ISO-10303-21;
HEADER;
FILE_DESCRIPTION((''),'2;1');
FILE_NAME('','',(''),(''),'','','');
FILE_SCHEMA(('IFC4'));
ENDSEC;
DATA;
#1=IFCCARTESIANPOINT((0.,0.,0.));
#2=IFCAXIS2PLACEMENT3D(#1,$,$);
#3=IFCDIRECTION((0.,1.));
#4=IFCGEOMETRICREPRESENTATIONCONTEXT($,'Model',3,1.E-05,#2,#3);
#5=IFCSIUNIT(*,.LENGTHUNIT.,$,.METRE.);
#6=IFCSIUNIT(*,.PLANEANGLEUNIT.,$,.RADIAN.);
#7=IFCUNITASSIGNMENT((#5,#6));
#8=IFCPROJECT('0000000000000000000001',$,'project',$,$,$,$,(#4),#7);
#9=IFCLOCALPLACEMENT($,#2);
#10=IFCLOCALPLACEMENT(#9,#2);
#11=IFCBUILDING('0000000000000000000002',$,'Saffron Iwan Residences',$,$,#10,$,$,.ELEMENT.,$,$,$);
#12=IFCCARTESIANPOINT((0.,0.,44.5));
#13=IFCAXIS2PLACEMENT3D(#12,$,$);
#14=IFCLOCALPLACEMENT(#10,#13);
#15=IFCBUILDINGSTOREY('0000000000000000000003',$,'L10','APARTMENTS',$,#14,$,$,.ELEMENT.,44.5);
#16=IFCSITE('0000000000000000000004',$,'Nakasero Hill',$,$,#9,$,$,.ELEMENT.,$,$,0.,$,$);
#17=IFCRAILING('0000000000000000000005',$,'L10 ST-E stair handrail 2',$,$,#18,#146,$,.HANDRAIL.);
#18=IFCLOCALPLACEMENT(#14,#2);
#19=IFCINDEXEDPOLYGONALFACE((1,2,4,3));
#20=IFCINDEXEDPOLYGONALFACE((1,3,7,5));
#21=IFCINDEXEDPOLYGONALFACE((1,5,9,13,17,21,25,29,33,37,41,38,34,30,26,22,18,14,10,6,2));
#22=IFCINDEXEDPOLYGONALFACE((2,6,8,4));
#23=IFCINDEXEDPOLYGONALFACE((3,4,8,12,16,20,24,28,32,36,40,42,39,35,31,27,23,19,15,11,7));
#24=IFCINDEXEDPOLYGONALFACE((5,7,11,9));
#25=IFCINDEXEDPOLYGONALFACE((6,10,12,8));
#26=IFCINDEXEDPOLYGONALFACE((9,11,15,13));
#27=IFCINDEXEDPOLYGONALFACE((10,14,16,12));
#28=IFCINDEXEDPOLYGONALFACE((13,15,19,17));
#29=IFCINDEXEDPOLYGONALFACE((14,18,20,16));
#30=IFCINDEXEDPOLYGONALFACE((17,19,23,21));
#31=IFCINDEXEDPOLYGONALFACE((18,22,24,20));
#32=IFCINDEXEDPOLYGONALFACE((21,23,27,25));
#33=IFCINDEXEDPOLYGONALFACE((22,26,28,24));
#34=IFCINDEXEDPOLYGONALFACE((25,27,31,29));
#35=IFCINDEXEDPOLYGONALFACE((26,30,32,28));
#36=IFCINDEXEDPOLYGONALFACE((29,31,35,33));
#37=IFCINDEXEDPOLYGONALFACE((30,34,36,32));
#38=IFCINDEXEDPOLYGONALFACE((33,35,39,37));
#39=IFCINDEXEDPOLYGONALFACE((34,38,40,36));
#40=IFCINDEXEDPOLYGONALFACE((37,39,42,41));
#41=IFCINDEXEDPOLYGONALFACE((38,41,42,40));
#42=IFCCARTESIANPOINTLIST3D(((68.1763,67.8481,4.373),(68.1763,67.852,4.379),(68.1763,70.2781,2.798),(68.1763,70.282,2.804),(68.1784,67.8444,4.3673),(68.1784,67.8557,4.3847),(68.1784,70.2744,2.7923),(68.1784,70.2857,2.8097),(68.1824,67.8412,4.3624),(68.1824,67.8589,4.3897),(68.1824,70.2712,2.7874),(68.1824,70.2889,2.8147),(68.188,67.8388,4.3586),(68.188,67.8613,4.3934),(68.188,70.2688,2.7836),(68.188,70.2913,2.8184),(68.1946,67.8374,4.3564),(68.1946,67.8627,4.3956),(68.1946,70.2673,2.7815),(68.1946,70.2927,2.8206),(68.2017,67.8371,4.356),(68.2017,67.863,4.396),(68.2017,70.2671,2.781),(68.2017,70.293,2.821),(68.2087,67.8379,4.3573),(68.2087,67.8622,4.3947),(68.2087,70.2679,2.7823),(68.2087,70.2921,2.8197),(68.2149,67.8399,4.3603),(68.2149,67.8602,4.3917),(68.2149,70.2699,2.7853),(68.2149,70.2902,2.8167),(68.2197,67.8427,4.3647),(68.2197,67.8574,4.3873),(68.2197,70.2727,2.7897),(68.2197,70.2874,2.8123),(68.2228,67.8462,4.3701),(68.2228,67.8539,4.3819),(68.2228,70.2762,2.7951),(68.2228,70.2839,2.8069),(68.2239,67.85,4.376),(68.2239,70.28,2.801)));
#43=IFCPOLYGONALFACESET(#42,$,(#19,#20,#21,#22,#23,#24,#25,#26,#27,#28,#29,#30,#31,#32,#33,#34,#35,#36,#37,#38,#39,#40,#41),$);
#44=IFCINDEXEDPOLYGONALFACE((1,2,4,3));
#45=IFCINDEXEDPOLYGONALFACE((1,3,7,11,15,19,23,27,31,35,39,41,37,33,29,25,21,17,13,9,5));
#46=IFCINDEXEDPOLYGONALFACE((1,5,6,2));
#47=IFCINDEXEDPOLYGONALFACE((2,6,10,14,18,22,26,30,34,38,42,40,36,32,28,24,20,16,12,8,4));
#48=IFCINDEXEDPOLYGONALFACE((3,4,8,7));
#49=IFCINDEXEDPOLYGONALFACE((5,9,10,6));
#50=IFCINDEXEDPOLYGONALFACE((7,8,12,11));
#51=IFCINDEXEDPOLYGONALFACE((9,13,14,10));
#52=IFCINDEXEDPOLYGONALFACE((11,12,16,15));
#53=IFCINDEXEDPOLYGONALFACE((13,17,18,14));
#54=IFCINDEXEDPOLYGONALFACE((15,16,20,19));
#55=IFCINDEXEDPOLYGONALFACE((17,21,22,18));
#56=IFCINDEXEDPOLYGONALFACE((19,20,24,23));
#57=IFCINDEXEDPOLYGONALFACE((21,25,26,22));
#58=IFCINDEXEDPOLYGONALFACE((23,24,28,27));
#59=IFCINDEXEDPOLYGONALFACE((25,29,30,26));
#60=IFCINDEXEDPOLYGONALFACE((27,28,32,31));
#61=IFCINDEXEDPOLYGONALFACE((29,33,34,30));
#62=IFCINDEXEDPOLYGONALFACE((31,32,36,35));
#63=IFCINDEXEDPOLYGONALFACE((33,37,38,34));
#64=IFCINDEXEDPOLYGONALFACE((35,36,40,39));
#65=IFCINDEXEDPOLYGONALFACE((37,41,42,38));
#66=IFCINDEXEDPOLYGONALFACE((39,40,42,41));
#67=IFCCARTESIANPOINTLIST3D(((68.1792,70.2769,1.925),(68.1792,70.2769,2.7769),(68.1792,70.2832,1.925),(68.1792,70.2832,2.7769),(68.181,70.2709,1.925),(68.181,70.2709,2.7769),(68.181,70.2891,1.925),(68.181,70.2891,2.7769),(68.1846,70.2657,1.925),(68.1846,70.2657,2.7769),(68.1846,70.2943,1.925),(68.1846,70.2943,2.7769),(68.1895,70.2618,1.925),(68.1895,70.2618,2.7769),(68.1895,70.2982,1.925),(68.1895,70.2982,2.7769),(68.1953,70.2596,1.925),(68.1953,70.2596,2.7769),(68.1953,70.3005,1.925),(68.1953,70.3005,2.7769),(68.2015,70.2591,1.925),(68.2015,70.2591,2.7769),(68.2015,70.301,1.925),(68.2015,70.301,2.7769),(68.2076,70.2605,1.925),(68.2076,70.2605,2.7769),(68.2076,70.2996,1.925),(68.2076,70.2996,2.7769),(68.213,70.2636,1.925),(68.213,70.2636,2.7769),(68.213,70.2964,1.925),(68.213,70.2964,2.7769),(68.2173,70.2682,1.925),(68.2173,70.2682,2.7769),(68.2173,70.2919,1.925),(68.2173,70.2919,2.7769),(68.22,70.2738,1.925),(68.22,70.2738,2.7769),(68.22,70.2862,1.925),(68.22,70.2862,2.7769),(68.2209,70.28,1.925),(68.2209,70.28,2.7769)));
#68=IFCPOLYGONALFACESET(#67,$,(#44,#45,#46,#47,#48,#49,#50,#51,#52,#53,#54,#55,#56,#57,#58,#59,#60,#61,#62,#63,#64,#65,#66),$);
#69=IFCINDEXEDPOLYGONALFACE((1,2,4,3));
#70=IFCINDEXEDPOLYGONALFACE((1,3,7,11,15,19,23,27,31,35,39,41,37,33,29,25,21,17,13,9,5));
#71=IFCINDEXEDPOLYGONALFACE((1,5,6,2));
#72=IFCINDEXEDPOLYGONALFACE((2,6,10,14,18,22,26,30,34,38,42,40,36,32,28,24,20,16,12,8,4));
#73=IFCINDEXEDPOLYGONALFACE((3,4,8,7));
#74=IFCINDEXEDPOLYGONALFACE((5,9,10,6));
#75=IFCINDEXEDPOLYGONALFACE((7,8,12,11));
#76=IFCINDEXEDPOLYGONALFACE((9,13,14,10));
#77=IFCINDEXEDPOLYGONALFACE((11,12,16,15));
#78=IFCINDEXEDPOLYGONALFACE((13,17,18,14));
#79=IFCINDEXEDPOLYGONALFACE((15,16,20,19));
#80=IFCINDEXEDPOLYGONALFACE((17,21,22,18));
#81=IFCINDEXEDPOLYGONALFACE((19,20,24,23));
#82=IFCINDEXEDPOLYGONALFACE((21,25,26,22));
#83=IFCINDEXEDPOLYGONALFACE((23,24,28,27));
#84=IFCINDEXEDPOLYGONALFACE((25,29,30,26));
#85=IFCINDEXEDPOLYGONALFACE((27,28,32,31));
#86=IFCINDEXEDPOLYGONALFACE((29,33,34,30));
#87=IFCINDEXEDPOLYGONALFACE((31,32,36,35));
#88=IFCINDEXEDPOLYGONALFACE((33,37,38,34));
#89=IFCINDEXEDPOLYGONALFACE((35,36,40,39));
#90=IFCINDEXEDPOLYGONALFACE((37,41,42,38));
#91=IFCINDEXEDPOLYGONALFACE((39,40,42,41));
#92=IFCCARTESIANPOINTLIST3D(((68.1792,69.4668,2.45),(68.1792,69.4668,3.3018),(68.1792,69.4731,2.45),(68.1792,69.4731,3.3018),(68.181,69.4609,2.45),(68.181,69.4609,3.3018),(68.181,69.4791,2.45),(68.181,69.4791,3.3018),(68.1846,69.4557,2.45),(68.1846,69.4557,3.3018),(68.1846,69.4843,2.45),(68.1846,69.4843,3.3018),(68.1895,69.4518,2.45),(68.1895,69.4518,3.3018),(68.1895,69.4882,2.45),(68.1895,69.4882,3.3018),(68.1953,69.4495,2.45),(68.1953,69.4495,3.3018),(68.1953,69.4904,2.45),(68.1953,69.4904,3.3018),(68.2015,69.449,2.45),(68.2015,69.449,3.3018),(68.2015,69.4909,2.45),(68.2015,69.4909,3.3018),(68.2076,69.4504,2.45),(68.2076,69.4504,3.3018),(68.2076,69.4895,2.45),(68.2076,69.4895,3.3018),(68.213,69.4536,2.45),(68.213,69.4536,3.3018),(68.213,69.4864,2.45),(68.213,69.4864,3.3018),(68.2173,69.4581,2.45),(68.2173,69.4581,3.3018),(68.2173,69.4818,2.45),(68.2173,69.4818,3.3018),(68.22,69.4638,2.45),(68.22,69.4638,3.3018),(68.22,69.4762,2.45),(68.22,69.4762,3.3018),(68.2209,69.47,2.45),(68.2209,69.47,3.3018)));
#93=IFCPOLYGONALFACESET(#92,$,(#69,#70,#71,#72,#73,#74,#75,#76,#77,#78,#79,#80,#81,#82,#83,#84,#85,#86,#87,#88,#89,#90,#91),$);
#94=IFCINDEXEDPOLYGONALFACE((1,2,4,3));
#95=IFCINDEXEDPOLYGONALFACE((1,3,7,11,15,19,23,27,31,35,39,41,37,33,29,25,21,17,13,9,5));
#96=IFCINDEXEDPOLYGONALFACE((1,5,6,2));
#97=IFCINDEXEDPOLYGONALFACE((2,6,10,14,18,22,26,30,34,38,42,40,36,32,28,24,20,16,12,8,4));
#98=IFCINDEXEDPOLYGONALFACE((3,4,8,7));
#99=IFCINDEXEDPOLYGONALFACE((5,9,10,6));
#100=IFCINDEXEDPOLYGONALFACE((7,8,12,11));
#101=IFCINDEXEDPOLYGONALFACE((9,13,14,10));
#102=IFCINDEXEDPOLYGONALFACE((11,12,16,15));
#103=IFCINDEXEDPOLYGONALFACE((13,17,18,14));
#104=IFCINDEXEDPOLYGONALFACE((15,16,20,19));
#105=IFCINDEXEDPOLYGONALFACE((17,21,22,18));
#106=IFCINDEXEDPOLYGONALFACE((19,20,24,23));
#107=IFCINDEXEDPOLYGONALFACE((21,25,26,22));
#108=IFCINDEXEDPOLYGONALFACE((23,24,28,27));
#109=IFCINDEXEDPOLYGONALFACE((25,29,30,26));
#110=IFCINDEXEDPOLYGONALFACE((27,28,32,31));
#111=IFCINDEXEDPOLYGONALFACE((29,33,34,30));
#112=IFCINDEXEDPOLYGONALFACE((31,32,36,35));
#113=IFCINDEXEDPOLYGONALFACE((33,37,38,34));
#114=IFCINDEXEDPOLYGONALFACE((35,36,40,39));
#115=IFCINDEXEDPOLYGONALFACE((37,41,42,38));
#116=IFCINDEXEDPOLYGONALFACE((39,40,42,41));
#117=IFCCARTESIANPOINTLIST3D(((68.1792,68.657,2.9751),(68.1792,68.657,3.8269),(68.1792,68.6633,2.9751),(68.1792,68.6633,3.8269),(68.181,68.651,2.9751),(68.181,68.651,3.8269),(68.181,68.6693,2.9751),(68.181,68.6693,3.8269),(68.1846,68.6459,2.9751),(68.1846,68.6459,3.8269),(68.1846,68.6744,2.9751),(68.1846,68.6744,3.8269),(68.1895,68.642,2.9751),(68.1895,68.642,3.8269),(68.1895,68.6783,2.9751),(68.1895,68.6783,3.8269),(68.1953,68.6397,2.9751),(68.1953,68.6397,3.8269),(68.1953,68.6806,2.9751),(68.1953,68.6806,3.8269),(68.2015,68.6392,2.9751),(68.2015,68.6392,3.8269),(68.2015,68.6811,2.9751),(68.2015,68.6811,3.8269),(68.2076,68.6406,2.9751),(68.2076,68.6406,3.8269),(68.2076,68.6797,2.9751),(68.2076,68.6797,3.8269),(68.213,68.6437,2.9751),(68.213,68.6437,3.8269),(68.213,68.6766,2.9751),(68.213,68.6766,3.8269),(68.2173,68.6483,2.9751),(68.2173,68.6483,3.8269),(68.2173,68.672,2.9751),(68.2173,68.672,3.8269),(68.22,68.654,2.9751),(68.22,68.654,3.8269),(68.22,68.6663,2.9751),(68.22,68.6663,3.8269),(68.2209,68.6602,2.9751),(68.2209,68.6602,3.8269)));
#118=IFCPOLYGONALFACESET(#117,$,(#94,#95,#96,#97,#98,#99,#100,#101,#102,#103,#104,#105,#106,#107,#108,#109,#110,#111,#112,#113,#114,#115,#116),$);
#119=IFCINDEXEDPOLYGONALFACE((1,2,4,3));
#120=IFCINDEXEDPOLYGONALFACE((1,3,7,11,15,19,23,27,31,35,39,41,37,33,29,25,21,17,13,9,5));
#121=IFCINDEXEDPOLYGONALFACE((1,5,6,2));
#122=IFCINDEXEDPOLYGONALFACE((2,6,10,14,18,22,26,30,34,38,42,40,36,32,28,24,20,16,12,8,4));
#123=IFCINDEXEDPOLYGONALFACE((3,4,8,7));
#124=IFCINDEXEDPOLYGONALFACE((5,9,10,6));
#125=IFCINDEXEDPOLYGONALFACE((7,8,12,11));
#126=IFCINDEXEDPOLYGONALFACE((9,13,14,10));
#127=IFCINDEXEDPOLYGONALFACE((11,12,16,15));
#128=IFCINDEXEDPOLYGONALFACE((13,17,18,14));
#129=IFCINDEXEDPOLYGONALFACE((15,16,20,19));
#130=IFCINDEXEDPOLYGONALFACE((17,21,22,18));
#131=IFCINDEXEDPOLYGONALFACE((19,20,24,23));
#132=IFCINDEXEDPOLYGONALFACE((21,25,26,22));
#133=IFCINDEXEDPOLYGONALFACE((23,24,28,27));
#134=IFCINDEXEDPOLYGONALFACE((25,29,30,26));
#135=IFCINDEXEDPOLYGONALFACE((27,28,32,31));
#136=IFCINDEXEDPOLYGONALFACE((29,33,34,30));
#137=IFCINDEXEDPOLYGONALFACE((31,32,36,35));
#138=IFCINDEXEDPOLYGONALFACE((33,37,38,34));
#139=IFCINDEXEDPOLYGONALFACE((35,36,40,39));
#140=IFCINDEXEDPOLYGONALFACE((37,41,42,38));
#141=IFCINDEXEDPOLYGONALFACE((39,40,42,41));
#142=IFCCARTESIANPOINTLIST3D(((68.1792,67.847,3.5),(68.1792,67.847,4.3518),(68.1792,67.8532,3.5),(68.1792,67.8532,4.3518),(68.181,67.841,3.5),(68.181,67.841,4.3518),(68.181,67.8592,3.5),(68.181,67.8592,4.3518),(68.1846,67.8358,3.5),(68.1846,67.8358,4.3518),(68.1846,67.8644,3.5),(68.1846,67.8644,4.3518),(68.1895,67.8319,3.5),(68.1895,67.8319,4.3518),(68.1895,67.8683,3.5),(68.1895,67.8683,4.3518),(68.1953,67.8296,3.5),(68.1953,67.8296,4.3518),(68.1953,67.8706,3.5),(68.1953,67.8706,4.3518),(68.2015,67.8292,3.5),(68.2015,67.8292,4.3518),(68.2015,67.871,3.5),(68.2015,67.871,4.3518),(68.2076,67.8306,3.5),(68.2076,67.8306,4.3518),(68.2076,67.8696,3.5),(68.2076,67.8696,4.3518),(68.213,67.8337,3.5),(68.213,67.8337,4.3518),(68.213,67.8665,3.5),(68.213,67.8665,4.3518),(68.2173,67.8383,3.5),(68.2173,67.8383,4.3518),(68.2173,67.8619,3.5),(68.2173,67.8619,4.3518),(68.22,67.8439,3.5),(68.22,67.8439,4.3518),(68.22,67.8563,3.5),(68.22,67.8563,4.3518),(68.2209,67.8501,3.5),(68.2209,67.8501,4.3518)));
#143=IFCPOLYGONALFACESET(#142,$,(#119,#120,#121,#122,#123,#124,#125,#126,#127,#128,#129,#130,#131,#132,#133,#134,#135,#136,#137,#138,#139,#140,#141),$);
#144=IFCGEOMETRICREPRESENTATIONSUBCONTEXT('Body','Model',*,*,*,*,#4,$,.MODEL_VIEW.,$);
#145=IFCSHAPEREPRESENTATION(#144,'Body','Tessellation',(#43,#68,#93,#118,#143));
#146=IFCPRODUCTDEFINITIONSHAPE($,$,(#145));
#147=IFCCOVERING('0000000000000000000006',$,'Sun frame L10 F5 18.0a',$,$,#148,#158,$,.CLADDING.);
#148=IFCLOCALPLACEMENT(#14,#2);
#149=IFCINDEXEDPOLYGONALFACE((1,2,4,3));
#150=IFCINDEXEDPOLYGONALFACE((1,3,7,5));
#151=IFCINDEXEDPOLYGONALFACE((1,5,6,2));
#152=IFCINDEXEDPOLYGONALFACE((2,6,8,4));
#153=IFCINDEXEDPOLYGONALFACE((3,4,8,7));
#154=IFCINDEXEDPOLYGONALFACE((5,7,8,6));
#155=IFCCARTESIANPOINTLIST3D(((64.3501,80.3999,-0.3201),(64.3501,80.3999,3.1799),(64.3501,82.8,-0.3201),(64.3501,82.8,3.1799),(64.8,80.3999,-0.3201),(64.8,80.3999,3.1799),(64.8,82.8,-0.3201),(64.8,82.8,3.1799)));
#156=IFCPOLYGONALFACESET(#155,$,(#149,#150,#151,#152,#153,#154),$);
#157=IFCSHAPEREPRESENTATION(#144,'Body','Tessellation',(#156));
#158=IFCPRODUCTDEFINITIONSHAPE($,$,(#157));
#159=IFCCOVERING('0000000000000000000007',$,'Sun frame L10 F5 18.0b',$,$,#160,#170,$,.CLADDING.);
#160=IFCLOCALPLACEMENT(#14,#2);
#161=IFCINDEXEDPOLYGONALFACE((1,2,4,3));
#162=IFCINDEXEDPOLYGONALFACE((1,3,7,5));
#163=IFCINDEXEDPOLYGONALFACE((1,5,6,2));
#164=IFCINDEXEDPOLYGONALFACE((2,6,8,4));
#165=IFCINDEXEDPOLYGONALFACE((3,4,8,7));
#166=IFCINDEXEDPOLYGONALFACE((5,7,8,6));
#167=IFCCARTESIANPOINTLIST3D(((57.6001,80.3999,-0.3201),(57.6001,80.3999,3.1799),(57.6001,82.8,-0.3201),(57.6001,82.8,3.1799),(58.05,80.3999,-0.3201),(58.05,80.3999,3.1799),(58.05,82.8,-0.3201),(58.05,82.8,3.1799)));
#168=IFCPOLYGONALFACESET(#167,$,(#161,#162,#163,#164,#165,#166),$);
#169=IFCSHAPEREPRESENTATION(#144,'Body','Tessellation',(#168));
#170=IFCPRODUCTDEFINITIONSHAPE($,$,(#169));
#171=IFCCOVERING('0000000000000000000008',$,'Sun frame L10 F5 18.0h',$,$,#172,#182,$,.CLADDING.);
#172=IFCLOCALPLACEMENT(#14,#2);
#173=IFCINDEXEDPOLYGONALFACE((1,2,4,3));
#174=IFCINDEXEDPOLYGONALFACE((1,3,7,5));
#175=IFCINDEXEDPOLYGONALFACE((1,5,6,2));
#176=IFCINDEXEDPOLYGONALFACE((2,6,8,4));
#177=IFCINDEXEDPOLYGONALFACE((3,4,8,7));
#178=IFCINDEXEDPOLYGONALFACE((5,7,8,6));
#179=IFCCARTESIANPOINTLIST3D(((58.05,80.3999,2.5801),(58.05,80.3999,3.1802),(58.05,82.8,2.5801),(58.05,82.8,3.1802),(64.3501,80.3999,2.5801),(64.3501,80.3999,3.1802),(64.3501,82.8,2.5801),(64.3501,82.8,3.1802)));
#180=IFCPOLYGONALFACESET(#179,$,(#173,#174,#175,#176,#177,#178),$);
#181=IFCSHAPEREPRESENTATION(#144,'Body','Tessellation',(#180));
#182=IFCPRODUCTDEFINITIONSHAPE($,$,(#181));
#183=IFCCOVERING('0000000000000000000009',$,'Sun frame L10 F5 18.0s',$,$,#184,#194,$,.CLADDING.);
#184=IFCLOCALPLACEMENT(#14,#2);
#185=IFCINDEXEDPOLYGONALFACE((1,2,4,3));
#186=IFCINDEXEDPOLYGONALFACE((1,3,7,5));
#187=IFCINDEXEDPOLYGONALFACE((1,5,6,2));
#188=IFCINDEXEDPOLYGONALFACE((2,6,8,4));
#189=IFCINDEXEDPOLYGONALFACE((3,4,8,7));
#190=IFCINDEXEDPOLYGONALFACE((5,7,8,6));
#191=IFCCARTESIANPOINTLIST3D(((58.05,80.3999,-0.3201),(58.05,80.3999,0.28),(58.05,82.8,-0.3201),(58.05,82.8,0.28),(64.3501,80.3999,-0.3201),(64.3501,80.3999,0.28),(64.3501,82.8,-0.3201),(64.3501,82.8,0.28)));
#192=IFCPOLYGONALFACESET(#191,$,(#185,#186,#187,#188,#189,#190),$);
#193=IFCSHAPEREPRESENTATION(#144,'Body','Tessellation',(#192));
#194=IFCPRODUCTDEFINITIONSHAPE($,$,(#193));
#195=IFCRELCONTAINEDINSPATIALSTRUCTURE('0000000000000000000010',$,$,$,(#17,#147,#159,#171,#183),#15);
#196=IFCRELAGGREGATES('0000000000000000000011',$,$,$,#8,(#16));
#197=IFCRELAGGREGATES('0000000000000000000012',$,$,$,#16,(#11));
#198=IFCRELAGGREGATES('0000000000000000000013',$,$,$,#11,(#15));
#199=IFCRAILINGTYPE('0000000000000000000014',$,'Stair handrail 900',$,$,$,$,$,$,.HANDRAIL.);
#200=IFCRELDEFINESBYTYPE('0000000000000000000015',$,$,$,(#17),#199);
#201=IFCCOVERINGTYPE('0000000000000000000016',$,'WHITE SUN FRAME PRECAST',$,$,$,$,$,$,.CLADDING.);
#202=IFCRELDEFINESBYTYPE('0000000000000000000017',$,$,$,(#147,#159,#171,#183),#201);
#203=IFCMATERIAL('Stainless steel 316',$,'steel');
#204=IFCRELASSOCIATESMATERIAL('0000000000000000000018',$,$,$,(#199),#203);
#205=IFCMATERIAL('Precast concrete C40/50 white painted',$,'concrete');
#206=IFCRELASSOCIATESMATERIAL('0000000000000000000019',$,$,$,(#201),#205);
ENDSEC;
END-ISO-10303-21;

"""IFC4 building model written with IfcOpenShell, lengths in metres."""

from ifc_helpers import new_model, si_unit, direction, frame, origin, origin_2d, place, context, subcontext, project, spatial, polyline, circle, outline, extrude, material, type_object, element, save


model = new_model("IFC4")

# Units and contexts
model_context = context("Model", 3, precision=1e-05, world=origin(), true_north=direction((0.0, 1.0)))
body_context = subcontext(model_context, "Body", "Model", "MODEL_VIEW")
ifc_project = project(units=[si_unit("LENGTHUNIT", "METRE"), si_unit("PLANEANGLEUNIT", "RADIAN")], contexts=[model_context])

# Site, building, storey
site_placement = place(None, origin())
site = spatial("IfcSite", under=ifc_project, at=site_placement, Name="Nakasero Hill", CompositionType="ELEMENT", RefElevation=0.0)
building_placement = place(site_placement, origin())
building = spatial("IfcBuilding", under=site, at=building_placement, Name="Saffron Iwan Residences", CompositionType="ELEMENT")
storey_placement = place(building_placement, frame((0.0, 0.0, 44.5)))
storey = spatial("IfcBuildingStorey", under=building, at=storey_placement, Name="L10", Description="APARTMENTS", CompositionType="ELEMENT", Elevation=44.5)

# Railing
ifc_material_1 = material(Name="Stainless steel 316", Category="steel")
railing_type_1 = type_object("IfcRailingType", Name="Stair handrail 900", PredefinedType="HANDRAIL", material=ifc_material_1)
railing_1_placement = place(storey_placement, frame((68.2, 70.28, 1.925)))
element("IfcRailing", 1, at=railing_1_placement, inside=storey, type_object=railing_type_1, Name="L10 ST-E stair handrail 2", PredefinedType="HANDRAIL", context=body_context, shape_type="SweptSolid", body=[
    extrude(circle(Radius=0.0239, at=origin_2d()), frame((0.0, 0.0, 0.876), z_axis=(0.0, -0.839154, 0.543894), x_axis=(1.0, 0.0, 0.0)), (0.0, 0.0, 1.0), 2.8958),
    extrude(circle(Radius=0.021, at=origin_2d()), origin(), (0.0, 0.0, 1.0), 0.8518),
    extrude(circle(Radius=0.021, at=origin_2d()), frame((0.0, -0.8101, 0.5249)), (0.0, 0.0, 1.0), 0.8518),
    extrude(circle(Radius=0.021, at=origin_2d()), frame((0.0, -1.6199, 1.05)), (0.0, 0.0, 1.0), 0.8518),
    extrude(circle(Radius=0.021, at=origin_2d()), frame((0.0, -2.4299, 1.575)), (0.0, 0.0, 1.0), 0.8518),
])

# Coverings
ifc_material_2 = material(Name="Precast concrete C40/50 white painted", Category="concrete")
covering_type_1 = type_object("IfcCoveringType", Name="WHITE SUN FRAME PRECAST", PredefinedType="CLADDING", material=ifc_material_2)
for number, where, z_axis, x_axis, name in (
    (2, (64.8, 80.3999, -0.3201), (0.0, 1.0, 0.0), (-1.0, 0.0, 0.0), "Sun frame L10 F5 18.0a"),
    (3, (58.05, 80.3999, -0.3201), (0.0, 1.0, 0.0), (-1.0, 0.0, 0.0), "Sun frame L10 F5 18.0b"),
):
    element("IfcCovering", number, at=place(storey_placement, frame(where, z_axis=z_axis, x_axis=x_axis)), inside=storey, type_object=covering_type_1, Name=name, PredefinedType="CLADDING", context=body_context, shape_type="SweptSolid", body=[
        extrude(outline(polyline([(0.0, 0.0), (0.45, 0.0), (0.45, 3.5), (0.0, 3.5), (0.0, 0.0)])), origin(), (0.0, 0.0, 1.0), 2.4001),
    ])
for number, where, z_axis, x_axis, name in (
    (4, (64.3501, 80.3999, 2.5801), (0.0, 1.0, 0.0), (-1.0, 0.0, 0.0), "Sun frame L10 F5 18.0h"),
    (5, (64.3501, 80.3999, -0.3201), (0.0, 1.0, 0.0), (-1.0, 0.0, 0.0), "Sun frame L10 F5 18.0s"),
):
    element("IfcCovering", number, at=place(storey_placement, frame(where, z_axis=z_axis, x_axis=x_axis)), inside=storey, type_object=covering_type_1, Name=name, PredefinedType="CLADDING", context=body_context, shape_type="SweptSolid", body=[
        extrude(outline(polyline([(0.0, 0.0), (6.3, 0.0), (6.3, 0.6001), (0.0, 0.6001), (0.0, 0.0)])), origin(), (0.0, 0.0, 1.0), 2.4001),
    ])

save(model, "model.ifc")
